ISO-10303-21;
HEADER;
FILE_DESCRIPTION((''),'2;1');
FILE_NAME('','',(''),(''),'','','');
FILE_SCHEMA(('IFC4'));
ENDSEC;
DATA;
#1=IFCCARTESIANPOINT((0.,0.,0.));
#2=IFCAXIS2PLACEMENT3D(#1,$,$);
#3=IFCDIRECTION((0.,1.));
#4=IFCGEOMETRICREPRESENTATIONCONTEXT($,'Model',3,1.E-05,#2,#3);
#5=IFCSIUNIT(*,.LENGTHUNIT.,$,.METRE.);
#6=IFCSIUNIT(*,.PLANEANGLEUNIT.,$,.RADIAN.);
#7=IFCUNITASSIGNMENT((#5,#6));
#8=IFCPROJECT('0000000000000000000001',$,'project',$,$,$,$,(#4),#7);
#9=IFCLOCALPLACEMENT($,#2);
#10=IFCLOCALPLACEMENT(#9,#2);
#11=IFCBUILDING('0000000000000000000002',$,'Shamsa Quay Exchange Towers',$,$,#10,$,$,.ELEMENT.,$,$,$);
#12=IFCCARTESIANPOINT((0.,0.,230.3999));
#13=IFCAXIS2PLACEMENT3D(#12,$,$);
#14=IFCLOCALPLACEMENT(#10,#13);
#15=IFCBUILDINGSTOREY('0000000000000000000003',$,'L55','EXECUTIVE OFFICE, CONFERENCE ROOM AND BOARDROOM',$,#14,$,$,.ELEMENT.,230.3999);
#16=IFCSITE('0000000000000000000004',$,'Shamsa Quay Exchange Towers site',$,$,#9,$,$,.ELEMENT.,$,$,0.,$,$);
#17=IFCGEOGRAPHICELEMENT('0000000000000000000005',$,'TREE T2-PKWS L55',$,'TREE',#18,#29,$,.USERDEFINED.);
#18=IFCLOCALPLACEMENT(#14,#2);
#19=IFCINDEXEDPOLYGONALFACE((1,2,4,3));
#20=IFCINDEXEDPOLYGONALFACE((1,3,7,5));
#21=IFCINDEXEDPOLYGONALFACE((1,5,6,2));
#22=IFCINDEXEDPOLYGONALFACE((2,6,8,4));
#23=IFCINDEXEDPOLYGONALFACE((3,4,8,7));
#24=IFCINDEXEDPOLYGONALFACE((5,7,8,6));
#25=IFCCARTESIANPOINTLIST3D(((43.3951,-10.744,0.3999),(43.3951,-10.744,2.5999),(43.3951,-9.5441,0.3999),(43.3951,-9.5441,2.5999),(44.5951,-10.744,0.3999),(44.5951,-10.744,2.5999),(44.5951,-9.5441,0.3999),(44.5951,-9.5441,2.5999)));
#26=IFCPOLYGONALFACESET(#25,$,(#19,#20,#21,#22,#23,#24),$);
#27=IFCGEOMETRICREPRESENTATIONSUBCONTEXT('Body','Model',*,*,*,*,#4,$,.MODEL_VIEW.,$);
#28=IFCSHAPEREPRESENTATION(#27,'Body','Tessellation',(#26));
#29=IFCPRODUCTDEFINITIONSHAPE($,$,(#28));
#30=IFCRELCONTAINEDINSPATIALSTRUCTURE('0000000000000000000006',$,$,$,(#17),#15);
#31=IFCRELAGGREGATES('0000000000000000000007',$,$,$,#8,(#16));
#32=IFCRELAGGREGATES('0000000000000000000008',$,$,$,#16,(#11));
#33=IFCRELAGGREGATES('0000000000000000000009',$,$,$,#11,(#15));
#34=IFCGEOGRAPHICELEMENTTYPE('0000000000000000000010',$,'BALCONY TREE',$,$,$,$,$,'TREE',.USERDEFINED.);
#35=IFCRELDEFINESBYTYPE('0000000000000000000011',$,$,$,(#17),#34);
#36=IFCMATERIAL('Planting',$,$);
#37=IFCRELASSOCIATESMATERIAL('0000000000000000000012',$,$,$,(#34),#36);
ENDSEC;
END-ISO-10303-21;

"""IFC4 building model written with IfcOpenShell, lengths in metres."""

from ifc_helpers import new_model, si_unit, direction, frame, origin, origin_2d, place, context, subcontext, project, spatial, rectangle, extrude, material, type_object, element, save


model = new_model("IFC4")

# Units and contexts
model_context = context("Model", 3, precision=1e-05, world=origin(), true_north=direction((0.0, 1.0)))
body_context = subcontext(model_context, "Body", "Model", "MODEL_VIEW")
ifc_project = project(units=[si_unit("LENGTHUNIT", "METRE"), si_unit("PLANEANGLEUNIT", "RADIAN")], contexts=[model_context])

# Site, building, storey
site_placement = place(None, origin())
site = spatial("IfcSite", under=ifc_project, at=site_placement, Name="Shamsa Quay Exchange Towers site", CompositionType="ELEMENT", RefElevation=0.0)
building_placement = place(site_placement, origin())
building = spatial("IfcBuilding", under=site, at=building_placement, Name="Shamsa Quay Exchange Towers", CompositionType="ELEMENT")
storey_placement = place(building_placement, frame((0.0, 0.0, 230.3999)))
storey = spatial("IfcBuildingStorey", under=building, at=storey_placement, Name="L55", Description="EXECUTIVE OFFICE, CONFERENCE ROOM AND BOARDROOM", CompositionType="ELEMENT", Elevation=230.3999)

# Geographic element
ifc_material_1 = material(Name="Planting")
geographic_element_type = type_object("IfcGeographicElementType", Name="BALCONY TREE", ElementType="TREE", PredefinedType="USERDEFINED", material=ifc_material_1)
geographic_element_placement = place(storey_placement, frame((43.9951, -10.144, 0.3999), z_axis=(0.0, 0.0, 1.0), x_axis=(0.0, 1.0, 0.0)))
element("IfcGeographicElement", 1, at=geographic_element_placement, inside=storey, type_object=geographic_element_type, Name="TREE T2-PKWS L55", ObjectType="TREE", PredefinedType="USERDEFINED", context=body_context, shape_type="SweptSolid", body=[
    extrude(rectangle(XDim=1.2, YDim=1.2, at=origin_2d()), origin(), (0.0, 0.0, 1.0), 2.2),
])

save(model, "model.ifc")
